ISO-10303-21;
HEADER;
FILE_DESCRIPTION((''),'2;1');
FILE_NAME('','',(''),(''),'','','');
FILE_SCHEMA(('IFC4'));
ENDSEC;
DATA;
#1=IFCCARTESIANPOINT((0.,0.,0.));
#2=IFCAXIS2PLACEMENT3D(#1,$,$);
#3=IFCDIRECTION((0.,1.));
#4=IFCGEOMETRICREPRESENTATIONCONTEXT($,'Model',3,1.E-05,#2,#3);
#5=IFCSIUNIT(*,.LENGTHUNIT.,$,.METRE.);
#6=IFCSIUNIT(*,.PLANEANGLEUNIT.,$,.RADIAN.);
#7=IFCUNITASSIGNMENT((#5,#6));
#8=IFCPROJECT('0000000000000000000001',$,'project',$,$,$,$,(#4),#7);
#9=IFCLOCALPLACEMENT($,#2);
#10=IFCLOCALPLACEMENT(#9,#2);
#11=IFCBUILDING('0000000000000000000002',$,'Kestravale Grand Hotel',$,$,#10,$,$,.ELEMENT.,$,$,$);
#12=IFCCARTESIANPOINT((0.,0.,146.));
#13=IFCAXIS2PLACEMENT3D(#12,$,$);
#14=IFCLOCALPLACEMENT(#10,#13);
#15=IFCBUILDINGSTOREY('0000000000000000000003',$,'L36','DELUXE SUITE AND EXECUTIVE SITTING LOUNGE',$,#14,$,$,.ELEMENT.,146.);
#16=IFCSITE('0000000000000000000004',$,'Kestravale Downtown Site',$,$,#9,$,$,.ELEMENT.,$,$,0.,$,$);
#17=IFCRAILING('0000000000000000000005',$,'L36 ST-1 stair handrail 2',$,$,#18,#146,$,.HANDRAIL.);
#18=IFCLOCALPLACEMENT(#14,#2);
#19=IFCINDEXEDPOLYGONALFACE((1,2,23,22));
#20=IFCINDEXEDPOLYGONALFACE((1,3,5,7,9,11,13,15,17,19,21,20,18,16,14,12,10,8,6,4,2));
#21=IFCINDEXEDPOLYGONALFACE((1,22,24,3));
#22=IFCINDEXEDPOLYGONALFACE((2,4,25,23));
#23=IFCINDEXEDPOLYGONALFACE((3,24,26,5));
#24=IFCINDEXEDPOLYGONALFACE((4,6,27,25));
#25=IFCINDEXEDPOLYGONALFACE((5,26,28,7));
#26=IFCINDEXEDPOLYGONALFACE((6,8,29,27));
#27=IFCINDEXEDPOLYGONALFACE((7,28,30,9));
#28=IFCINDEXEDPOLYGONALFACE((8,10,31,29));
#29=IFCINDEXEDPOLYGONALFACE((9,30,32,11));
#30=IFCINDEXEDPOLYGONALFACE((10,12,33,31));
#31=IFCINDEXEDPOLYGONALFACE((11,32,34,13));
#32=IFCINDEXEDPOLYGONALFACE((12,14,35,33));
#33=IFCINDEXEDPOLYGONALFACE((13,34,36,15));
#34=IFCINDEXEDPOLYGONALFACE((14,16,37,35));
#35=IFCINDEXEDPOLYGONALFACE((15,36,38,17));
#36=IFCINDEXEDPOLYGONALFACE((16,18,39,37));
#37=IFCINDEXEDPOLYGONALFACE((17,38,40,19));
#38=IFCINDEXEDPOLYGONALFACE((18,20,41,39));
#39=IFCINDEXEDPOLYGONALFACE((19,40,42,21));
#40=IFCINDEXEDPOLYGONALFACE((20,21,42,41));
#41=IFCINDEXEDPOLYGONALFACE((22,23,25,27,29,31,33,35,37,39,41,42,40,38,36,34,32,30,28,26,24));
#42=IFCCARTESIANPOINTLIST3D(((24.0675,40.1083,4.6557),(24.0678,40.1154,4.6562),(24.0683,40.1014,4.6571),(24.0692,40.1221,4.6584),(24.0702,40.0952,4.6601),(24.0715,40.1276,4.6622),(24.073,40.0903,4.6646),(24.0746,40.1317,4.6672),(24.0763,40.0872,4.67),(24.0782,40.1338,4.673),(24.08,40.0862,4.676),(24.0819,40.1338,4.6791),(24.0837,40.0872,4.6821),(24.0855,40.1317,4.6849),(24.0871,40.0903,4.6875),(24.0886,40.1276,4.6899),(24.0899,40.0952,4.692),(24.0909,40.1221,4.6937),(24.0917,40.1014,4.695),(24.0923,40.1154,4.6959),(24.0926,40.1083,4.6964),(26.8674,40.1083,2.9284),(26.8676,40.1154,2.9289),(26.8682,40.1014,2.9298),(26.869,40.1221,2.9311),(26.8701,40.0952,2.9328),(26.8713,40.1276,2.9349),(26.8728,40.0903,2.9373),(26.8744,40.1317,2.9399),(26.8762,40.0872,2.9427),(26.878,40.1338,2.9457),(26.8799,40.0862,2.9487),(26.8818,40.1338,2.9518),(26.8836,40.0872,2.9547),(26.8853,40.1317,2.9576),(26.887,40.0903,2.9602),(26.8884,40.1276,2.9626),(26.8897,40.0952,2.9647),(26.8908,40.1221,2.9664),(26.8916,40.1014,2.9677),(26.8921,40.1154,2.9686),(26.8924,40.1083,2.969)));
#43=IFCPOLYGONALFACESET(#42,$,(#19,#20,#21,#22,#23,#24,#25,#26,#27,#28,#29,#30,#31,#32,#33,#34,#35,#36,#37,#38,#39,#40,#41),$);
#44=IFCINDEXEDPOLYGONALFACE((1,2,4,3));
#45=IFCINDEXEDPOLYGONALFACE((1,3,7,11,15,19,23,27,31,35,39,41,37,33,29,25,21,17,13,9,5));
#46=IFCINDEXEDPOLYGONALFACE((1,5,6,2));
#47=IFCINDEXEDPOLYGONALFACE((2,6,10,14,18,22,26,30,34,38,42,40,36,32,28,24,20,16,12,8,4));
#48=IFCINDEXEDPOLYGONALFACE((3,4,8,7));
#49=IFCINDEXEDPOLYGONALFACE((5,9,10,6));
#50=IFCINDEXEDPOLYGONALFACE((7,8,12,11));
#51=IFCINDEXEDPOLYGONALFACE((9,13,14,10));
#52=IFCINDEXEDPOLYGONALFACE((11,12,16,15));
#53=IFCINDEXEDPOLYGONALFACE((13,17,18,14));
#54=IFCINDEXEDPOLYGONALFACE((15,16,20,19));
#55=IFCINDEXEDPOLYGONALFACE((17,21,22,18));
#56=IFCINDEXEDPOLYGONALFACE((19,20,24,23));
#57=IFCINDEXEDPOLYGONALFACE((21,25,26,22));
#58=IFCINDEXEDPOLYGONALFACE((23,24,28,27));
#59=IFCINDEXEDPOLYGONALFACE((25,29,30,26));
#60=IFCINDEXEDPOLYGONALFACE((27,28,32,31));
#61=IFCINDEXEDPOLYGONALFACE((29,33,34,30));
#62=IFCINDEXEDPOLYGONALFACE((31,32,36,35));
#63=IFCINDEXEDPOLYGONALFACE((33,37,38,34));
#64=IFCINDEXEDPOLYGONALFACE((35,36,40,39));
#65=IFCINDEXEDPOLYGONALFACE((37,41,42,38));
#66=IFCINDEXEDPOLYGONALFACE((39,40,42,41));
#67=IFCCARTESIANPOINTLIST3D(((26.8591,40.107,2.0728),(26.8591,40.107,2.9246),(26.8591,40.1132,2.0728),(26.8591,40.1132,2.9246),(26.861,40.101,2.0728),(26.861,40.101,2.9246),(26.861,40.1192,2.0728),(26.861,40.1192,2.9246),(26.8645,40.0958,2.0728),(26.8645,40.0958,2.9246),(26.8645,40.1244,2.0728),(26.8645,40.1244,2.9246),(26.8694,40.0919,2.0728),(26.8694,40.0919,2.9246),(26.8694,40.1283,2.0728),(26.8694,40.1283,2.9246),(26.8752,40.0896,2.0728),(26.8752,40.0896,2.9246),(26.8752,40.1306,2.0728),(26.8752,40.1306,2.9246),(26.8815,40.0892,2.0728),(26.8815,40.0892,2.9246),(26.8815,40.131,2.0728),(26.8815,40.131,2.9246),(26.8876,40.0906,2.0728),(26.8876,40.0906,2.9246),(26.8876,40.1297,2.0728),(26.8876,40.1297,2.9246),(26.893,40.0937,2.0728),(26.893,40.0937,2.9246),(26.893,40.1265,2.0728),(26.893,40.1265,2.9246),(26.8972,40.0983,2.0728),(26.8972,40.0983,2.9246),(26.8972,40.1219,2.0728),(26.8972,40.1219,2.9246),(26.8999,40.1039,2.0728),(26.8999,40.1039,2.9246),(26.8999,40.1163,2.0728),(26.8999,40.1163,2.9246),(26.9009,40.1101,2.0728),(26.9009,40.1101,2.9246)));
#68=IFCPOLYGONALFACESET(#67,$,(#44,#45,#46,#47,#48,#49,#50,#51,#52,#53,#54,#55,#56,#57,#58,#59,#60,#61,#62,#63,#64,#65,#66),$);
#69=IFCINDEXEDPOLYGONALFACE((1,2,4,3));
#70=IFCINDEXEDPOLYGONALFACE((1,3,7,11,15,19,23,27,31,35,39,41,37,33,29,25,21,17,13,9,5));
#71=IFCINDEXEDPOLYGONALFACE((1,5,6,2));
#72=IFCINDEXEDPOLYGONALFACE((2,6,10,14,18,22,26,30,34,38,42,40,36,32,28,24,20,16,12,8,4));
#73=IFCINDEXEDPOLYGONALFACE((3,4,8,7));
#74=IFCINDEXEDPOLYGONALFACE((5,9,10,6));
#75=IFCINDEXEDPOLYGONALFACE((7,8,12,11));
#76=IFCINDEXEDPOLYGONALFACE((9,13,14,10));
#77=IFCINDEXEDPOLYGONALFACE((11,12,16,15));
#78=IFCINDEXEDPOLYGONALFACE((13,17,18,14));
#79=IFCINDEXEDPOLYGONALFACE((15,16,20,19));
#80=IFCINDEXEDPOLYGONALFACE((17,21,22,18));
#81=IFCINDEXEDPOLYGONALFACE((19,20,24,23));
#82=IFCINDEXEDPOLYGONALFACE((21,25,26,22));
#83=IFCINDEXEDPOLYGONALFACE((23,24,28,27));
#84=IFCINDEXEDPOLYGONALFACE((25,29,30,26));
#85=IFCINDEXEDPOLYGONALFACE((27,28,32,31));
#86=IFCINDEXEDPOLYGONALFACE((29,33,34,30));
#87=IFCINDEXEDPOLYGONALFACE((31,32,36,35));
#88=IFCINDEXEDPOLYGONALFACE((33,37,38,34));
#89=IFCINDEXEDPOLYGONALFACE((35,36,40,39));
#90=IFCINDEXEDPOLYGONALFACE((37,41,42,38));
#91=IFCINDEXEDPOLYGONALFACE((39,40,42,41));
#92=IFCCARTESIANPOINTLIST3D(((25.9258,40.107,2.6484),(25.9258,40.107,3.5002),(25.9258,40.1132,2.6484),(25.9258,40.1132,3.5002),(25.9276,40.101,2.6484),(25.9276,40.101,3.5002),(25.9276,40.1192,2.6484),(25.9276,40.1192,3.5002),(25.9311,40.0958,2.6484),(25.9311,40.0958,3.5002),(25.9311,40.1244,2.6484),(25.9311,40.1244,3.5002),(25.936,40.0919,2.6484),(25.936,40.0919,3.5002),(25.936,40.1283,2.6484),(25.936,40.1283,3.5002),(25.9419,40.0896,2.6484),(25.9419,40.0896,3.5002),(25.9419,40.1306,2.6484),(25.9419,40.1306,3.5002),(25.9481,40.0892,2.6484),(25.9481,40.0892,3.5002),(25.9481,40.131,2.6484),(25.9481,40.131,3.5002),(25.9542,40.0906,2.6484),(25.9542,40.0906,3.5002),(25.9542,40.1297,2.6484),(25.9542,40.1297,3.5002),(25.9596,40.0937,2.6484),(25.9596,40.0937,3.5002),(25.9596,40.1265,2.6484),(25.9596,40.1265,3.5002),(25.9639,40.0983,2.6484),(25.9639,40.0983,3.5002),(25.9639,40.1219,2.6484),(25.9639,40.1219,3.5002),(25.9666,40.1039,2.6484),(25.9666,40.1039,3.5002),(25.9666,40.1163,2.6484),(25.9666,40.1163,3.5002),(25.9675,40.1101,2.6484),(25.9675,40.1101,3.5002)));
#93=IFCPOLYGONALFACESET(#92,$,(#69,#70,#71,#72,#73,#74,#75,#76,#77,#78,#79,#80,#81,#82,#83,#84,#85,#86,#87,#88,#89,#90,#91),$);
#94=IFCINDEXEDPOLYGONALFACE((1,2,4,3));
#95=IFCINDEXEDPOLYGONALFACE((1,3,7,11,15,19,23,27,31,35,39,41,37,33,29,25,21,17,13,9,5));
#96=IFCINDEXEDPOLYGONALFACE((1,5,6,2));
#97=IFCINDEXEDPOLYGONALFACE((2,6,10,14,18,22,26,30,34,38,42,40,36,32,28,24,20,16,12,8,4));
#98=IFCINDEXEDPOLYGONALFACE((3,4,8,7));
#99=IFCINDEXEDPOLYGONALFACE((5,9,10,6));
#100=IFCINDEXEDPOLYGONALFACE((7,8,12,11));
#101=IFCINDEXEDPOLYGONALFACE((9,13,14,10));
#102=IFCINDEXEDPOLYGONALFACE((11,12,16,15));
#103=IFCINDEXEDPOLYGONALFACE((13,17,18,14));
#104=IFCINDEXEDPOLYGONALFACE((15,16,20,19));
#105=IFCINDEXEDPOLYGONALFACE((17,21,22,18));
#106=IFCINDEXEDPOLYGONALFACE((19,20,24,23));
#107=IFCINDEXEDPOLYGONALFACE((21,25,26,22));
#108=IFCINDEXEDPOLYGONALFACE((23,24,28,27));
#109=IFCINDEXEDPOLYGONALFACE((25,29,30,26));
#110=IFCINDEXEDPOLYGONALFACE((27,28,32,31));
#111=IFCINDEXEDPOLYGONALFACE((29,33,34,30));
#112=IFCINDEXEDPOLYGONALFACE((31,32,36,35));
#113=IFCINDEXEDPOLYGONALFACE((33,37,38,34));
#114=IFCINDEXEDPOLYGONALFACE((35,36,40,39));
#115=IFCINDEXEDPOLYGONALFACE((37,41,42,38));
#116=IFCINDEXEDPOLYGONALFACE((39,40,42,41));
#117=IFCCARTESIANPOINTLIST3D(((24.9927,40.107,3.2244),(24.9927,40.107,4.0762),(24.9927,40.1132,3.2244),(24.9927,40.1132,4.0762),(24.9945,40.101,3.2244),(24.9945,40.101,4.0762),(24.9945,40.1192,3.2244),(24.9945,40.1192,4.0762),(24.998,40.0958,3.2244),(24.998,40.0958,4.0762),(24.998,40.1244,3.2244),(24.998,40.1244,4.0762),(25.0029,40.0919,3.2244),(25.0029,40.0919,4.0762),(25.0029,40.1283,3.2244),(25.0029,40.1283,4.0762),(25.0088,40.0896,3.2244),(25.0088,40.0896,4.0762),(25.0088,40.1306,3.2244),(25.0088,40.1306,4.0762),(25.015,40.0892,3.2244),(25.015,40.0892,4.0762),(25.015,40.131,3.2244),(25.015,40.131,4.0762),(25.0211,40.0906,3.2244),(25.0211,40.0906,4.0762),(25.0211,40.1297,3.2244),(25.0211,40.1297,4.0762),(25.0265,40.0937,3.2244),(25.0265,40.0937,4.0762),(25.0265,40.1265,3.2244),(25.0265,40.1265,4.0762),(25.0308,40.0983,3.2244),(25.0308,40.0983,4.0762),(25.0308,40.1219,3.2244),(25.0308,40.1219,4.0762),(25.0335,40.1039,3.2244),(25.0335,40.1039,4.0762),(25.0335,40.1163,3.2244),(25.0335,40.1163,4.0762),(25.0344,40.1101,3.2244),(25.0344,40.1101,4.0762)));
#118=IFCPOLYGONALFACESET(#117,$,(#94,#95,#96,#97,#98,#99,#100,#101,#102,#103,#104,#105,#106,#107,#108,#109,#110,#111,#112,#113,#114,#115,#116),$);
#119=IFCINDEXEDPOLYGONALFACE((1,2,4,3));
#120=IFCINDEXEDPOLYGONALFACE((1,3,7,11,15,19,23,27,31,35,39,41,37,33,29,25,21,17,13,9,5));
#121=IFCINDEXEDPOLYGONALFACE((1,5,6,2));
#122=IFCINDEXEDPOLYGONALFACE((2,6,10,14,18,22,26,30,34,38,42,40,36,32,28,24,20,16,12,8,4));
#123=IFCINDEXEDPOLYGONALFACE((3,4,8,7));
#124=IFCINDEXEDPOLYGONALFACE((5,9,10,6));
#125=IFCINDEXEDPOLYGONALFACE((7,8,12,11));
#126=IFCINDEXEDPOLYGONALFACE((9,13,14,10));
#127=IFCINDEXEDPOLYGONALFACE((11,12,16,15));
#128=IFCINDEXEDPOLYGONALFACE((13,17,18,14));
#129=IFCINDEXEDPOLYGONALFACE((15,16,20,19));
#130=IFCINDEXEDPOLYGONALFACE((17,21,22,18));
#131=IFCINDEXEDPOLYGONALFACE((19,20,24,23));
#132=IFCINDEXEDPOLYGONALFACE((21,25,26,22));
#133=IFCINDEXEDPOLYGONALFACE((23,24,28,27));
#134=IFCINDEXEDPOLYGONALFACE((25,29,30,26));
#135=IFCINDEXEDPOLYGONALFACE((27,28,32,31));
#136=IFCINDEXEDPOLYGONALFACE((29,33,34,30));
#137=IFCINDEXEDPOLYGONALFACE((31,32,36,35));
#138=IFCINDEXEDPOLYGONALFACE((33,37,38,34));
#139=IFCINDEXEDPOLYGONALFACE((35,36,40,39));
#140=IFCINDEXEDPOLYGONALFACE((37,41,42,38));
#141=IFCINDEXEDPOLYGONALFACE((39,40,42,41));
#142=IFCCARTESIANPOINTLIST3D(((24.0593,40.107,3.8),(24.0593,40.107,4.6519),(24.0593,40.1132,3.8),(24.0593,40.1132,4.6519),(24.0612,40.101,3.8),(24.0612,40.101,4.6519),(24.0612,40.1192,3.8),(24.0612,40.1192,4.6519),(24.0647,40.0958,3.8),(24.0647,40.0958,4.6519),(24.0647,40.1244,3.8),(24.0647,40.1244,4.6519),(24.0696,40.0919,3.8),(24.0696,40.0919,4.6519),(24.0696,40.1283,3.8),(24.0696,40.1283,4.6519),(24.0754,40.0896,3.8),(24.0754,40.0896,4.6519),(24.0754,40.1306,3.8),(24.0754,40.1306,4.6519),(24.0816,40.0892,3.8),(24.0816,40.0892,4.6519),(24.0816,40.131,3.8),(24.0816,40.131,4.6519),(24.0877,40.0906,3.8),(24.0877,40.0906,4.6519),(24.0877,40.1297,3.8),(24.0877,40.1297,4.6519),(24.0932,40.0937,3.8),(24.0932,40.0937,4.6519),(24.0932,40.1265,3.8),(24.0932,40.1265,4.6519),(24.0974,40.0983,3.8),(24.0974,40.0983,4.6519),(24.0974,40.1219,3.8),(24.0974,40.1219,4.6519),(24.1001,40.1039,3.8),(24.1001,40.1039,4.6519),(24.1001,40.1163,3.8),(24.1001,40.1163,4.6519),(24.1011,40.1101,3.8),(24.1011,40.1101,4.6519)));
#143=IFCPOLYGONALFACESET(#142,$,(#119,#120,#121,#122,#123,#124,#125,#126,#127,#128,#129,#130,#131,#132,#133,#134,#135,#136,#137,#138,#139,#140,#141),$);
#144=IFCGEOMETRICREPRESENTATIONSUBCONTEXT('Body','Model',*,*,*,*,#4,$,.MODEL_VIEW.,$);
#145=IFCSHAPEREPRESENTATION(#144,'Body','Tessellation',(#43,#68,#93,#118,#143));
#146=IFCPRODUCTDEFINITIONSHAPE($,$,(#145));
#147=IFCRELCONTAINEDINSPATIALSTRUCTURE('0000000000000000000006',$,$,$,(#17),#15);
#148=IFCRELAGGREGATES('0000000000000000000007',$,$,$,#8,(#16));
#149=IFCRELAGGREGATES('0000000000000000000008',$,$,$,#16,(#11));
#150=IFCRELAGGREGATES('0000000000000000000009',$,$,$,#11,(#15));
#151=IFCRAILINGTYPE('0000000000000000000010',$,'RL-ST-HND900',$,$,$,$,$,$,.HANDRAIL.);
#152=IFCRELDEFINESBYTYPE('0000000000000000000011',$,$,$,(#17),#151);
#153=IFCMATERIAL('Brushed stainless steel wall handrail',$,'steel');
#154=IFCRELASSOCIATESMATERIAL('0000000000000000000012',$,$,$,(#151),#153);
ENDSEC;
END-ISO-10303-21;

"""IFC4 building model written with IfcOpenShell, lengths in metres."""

from ifc_helpers import new_model, si_unit, direction, frame, origin, origin_2d, place, context, subcontext, project, spatial, circle, extrude, material, type_object, element, save


model = new_model("IFC4")

# Units and contexts
model_context = context("Model", 3, precision=1e-05, world=origin(), true_north=direction((0.0, 1.0)))
body_context = subcontext(model_context, "Body", "Model", "MODEL_VIEW")
ifc_project = project(units=[si_unit("LENGTHUNIT", "METRE"), si_unit("PLANEANGLEUNIT", "RADIAN")], contexts=[model_context])

# Site, building, storey
site_placement = place(None, origin())
site = spatial("IfcSite", under=ifc_project, at=site_placement, Name="Kestravale Downtown Site", CompositionType="ELEMENT", RefElevation=0.0)
building_placement = place(site_placement, origin())
building = spatial("IfcBuilding", under=site, at=building_placement, Name="Kestravale Grand Hotel", CompositionType="ELEMENT")
storey_placement = place(building_placement, frame((0.0, 0.0, 146.0)))
storey = spatial("IfcBuildingStorey", under=building, at=storey_placement, Name="L36", Description="DELUXE SUITE AND EXECUTIVE SITTING LOUNGE", CompositionType="ELEMENT", Elevation=146.0)

# Railing
ifc_material_1 = material(Name="Brushed stainless steel wall handrail", Category="steel")
railing_type_1 = type_object("IfcRailingType", Name="RL-ST-HND900", PredefinedType="HANDRAIL", material=ifc_material_1)
railing_1_placement = place(storey_placement, frame((26.8799, 40.1101, 2.0728)))
element("IfcRailing", 1, at=railing_1_placement, inside=storey, type_object=railing_type_1, Name="L36 ST-1 stair handrail 2", PredefinedType="HANDRAIL", context=body_context, shape_type="SweptSolid", body=[
    extrude(circle(Radius=0.0239, at=origin_2d()), frame((0.0, 0.0, 0.876), z_axis=(-0.851069, 0.0, 0.525054), x_axis=(0.0, -1.0, 0.0)), (0.0, 0.0, 1.0), 3.2898),
    extrude(circle(Radius=0.021, at=origin_2d()), origin(), (0.0, 0.0, 1.0), 0.8518),
    extrude(circle(Radius=0.021, at=origin_2d()), frame((-0.9333, 0.0, 0.5757)), (0.0, 0.0, 1.0), 0.8518),
    extrude(circle(Radius=0.021, at=origin_2d()), frame((-1.8665, 0.0, 1.1516)), (0.0, 0.0, 1.0), 0.8518),
    extrude(circle(Radius=0.021, at=origin_2d()), frame((-2.7998, 0.0, 1.7273)), (0.0, 0.0, 1.0), 0.8518),
])

save(model, "model.ifc")
